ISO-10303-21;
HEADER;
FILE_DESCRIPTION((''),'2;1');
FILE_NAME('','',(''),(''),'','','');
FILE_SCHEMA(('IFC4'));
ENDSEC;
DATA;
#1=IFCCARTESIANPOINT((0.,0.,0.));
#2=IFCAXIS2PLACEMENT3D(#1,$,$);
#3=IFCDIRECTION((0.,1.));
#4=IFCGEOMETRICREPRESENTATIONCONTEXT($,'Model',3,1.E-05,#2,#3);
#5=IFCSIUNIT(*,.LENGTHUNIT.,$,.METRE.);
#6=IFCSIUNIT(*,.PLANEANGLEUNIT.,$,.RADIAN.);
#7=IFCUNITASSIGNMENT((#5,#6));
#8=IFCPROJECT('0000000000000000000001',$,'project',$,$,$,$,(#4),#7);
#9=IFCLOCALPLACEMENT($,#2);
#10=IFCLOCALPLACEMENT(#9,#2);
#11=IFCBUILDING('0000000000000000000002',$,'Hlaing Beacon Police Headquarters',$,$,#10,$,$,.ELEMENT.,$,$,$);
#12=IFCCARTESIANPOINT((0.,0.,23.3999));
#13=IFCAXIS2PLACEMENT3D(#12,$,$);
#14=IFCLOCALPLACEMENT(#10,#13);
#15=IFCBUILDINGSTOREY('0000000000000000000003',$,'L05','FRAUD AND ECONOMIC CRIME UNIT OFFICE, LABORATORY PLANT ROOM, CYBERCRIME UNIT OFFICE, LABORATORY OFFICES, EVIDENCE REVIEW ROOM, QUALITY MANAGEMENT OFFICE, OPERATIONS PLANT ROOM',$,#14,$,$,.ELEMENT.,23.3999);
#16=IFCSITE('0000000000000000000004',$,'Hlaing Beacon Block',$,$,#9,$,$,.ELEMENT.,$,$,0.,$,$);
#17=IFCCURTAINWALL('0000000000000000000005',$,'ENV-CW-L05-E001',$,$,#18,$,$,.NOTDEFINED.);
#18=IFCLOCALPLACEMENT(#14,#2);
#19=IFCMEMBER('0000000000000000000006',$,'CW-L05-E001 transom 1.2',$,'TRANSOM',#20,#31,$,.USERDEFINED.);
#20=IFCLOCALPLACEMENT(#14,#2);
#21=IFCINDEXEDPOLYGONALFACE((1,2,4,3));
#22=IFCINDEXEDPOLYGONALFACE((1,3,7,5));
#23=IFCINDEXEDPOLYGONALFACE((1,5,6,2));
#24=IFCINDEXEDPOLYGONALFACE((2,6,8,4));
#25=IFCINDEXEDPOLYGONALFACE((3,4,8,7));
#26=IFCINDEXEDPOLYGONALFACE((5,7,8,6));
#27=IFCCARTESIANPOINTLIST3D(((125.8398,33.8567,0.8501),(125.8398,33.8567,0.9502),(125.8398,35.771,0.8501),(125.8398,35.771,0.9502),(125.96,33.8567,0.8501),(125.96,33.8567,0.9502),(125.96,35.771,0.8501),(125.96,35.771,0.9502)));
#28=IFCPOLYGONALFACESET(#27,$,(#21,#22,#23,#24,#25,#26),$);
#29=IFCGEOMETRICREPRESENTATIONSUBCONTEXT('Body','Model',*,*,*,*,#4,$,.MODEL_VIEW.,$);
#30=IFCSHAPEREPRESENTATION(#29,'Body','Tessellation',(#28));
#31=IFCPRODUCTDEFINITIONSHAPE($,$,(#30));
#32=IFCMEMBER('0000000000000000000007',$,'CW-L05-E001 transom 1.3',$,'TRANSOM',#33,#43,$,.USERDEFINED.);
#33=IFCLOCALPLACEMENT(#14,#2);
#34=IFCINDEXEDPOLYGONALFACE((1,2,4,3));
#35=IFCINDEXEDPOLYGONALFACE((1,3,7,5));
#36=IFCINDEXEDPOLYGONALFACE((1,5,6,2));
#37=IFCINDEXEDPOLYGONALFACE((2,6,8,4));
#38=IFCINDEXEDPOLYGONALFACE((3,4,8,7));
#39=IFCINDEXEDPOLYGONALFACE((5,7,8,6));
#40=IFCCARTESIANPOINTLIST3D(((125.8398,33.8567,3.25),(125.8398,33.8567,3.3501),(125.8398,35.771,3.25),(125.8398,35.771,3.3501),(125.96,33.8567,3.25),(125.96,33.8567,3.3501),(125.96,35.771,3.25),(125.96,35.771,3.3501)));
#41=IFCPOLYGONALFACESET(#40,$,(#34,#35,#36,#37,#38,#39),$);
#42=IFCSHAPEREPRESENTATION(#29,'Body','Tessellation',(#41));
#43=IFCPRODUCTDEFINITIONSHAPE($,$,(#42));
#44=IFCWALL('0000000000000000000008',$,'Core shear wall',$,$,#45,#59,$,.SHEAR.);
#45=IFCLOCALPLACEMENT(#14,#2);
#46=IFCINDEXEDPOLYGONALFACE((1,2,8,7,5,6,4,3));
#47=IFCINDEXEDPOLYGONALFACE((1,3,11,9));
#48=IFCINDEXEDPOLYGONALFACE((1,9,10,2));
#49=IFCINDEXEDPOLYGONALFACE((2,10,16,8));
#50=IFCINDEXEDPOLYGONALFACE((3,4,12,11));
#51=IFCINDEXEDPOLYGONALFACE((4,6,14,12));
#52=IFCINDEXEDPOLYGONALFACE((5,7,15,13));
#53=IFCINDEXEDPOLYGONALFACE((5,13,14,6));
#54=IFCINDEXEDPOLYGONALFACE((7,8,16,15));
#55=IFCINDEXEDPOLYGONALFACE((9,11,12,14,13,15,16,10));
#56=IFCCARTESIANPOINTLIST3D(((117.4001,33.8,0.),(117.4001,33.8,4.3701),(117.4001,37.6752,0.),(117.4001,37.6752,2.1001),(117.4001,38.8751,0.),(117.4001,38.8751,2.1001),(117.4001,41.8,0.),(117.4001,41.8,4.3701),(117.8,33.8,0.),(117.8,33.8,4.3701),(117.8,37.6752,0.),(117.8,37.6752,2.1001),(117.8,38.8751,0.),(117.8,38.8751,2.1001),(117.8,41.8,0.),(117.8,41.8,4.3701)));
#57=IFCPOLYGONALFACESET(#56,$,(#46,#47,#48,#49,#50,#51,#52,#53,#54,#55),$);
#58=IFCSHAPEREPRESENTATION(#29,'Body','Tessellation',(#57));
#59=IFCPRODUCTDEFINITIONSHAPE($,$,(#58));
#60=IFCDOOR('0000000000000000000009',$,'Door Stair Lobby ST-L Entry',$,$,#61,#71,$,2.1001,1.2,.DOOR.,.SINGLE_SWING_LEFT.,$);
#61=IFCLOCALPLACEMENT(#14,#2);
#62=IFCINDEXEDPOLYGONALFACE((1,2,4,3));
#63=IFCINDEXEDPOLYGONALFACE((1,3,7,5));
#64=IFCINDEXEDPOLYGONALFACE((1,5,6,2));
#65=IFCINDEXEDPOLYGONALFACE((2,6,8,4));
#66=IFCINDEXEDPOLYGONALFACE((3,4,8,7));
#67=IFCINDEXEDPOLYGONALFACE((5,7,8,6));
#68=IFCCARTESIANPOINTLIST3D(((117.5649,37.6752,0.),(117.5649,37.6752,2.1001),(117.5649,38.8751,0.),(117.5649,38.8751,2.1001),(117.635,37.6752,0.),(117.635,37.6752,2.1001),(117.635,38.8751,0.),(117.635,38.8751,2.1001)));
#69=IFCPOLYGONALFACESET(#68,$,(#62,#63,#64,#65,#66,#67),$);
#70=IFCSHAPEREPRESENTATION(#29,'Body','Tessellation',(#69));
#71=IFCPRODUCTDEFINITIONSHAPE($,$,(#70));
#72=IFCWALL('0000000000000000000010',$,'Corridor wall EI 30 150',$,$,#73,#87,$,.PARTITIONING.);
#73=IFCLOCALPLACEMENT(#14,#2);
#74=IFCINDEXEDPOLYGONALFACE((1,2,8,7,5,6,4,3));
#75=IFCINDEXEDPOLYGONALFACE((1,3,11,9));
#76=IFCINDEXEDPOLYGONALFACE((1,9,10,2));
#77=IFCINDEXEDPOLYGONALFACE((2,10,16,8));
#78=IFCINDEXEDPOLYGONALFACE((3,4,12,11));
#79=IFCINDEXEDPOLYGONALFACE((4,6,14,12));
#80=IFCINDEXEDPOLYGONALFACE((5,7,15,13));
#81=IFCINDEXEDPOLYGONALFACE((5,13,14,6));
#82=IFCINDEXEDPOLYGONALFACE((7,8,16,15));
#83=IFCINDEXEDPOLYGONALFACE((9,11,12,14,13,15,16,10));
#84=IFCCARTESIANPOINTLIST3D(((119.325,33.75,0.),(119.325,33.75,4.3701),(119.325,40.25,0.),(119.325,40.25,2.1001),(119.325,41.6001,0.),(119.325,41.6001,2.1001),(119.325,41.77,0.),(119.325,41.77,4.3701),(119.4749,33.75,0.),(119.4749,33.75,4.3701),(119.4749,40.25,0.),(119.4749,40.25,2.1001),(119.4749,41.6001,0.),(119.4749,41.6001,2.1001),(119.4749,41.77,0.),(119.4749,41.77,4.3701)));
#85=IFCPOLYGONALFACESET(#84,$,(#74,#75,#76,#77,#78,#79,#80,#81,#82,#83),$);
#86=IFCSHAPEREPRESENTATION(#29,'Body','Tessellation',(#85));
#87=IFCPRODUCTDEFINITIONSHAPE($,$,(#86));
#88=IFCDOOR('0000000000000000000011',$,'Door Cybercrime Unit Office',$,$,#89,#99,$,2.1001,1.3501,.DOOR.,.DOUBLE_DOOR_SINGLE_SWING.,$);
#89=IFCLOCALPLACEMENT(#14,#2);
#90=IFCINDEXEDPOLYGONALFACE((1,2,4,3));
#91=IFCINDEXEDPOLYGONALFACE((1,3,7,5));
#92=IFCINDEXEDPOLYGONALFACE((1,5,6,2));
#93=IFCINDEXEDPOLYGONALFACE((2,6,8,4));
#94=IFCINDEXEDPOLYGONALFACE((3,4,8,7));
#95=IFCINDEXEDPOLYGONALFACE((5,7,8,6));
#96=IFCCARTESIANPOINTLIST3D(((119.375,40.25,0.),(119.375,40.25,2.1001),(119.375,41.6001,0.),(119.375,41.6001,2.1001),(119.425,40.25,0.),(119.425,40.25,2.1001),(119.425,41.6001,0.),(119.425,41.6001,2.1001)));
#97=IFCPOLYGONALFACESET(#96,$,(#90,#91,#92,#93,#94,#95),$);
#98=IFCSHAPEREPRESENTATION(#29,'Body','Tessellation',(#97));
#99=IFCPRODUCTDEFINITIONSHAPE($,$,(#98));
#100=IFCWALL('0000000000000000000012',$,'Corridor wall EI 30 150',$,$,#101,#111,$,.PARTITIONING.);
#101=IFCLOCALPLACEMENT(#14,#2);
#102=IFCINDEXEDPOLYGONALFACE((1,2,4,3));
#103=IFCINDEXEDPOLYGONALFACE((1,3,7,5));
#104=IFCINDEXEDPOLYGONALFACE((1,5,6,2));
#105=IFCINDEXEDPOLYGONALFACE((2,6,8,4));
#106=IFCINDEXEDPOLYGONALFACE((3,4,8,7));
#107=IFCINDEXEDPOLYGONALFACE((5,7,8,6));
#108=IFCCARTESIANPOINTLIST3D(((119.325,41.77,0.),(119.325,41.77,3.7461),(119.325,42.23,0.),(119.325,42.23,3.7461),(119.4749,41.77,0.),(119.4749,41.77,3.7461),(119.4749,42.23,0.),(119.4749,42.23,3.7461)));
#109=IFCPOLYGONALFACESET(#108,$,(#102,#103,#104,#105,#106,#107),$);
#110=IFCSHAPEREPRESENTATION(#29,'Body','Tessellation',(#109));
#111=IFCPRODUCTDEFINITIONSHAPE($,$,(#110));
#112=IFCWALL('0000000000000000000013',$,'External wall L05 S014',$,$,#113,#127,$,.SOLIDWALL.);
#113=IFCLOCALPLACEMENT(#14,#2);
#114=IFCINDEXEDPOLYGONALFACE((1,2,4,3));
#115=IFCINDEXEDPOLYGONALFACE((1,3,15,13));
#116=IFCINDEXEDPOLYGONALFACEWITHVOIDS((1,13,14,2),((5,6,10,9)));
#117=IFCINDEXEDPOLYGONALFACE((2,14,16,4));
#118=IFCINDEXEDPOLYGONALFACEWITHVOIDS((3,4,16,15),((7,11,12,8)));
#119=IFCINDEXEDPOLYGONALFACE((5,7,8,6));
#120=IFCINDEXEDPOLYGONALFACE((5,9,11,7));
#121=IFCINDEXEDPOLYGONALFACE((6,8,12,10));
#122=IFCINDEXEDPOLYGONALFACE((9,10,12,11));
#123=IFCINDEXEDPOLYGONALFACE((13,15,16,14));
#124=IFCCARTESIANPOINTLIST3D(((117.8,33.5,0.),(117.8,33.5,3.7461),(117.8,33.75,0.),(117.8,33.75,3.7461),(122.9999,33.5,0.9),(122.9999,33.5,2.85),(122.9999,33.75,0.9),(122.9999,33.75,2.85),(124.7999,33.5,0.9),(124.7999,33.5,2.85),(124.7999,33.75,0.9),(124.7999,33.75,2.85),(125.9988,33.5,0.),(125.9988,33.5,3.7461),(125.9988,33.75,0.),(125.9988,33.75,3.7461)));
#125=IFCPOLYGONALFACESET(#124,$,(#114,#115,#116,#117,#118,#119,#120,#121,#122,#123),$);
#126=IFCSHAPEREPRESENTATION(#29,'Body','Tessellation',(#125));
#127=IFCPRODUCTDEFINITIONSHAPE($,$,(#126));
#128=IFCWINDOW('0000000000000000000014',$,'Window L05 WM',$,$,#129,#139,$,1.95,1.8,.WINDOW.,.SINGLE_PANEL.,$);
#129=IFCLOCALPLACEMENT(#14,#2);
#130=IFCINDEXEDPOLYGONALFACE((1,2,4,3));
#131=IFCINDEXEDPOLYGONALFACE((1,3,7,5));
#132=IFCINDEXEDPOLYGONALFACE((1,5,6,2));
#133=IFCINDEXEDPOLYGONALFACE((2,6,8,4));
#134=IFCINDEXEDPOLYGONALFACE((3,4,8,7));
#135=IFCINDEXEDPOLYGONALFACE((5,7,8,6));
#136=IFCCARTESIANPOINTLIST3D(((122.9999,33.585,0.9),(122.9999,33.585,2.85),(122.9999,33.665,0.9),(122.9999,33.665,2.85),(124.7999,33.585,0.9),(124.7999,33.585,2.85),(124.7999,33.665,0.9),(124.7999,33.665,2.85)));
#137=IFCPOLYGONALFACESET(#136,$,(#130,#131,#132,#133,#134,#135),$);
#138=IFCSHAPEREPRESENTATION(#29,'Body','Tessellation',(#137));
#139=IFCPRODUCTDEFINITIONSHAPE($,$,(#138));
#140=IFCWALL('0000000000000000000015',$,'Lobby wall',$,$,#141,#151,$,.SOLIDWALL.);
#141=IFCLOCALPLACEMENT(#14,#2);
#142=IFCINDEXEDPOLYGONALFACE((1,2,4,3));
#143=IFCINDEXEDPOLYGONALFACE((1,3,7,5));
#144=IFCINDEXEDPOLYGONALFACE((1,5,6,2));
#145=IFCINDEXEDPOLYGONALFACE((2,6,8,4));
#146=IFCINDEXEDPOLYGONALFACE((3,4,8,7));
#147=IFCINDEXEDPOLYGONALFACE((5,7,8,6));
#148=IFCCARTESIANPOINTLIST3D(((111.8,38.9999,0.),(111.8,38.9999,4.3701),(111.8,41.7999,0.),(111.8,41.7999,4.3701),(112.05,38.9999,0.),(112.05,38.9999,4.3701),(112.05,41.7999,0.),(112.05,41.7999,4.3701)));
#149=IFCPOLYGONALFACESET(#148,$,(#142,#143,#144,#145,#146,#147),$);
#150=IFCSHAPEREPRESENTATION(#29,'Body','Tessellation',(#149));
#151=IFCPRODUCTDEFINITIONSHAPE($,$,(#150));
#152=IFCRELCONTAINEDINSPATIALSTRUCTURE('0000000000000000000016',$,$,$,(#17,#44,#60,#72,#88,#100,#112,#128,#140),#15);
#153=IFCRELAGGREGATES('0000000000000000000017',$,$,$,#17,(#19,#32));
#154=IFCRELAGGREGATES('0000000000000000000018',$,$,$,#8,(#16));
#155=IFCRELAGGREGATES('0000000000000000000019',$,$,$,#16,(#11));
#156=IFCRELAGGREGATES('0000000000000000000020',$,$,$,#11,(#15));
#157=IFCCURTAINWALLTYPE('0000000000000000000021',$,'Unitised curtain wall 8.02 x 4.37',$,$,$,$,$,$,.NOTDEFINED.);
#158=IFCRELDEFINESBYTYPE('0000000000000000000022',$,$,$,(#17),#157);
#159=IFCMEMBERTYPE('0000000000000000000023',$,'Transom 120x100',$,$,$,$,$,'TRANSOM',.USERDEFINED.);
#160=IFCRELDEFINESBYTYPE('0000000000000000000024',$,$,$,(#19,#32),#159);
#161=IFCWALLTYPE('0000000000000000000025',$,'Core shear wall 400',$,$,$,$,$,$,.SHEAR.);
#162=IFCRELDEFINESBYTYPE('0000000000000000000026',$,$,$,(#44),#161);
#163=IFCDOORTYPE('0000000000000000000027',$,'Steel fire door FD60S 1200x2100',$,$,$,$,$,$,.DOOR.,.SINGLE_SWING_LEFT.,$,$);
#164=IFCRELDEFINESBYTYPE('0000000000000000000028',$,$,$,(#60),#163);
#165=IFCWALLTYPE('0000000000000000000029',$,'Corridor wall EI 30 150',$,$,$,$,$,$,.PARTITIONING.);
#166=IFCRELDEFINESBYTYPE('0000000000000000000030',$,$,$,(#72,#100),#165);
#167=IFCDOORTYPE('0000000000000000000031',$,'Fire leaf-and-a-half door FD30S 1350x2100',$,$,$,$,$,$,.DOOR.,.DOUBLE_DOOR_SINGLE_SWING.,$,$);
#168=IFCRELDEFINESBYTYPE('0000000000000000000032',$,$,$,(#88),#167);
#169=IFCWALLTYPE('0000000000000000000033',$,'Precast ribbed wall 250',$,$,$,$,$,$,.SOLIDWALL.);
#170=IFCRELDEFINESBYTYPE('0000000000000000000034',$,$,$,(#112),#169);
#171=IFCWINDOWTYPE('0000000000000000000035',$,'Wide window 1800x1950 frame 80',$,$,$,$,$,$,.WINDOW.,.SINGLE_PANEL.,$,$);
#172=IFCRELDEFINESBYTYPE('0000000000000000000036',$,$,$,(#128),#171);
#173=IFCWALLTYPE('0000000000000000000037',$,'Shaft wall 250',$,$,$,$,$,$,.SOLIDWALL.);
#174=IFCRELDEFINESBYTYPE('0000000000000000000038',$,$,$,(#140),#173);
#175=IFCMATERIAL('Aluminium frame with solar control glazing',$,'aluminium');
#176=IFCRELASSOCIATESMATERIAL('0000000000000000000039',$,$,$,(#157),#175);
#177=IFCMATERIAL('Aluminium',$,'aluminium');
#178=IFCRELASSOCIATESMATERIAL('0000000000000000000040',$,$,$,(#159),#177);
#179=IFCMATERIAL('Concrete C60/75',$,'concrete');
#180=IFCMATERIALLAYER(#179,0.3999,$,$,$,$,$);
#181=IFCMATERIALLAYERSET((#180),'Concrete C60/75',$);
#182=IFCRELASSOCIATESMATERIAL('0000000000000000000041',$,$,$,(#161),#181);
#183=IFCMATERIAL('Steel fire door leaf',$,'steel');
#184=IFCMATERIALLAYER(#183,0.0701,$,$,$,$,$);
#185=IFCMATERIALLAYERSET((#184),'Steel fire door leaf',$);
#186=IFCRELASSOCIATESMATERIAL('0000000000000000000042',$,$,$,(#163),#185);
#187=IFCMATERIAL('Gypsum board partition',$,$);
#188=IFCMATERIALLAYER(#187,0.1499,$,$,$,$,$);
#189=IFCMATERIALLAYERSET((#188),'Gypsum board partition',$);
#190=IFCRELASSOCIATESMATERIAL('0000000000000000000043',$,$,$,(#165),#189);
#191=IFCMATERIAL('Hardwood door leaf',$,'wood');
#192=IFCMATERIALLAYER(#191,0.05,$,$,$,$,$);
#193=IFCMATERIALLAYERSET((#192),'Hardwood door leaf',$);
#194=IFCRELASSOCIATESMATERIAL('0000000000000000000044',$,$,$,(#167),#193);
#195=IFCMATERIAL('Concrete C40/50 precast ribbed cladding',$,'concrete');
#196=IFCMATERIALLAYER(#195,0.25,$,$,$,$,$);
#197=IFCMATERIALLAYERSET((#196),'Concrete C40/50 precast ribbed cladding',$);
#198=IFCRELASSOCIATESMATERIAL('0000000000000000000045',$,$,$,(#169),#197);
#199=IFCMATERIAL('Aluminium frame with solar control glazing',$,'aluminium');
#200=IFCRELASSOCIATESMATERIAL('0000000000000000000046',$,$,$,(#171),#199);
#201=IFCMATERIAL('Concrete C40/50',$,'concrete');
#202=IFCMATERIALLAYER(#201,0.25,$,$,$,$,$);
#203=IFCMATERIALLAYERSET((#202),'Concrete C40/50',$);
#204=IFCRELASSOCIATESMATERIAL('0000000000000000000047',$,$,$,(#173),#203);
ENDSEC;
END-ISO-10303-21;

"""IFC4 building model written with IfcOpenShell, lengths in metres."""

from ifc_helpers import new_model, si_unit, direction, frame, frame_2d, origin, origin_2d, place, context, subcontext, project, spatial, rectangle, extrude, material, layer, layer_set, material_profile, profile_set, type_object, element, fill, aggregate, save


model = new_model("IFC4")

# Units and contexts
model_context = context("Model", 3, precision=1e-05, world=origin(), true_north=direction((0.0, 1.0)))
body_context = subcontext(model_context, "Body", "Model", "MODEL_VIEW")
ifc_project = project(units=[si_unit("LENGTHUNIT", "METRE"), si_unit("PLANEANGLEUNIT", "RADIAN")], contexts=[model_context])

# Site, building, storey
site_placement = place(None, origin())
site = spatial("IfcSite", under=ifc_project, at=site_placement, Name="Hlaing Beacon Block", CompositionType="ELEMENT", RefElevation=0.0)
building_placement = place(site_placement, origin())
building = spatial("IfcBuilding", under=site, at=building_placement, Name="Hlaing Beacon Police Headquarters", CompositionType="ELEMENT")
storey_placement = place(building_placement, frame((0.0, 0.0, 23.3999)))
storey = spatial("IfcBuildingStorey", under=building, at=storey_placement, Name="L05", Description="FRAUD AND ECONOMIC CRIME UNIT OFFICE, LABORATORY PLANT ROOM, CYBERCRIME UNIT OFFICE, LABORATORY OFFICES, EVIDENCE REVIEW ROOM, QUALITY MANAGEMENT OFFICE, OPERATIONS PLANT ROOM", CompositionType="ELEMENT", Elevation=23.3999)

# Curtain wall
ifc_material_1 = material(Name="Aluminium frame with solar control glazing", Category="aluminium")
curtain_wall_type = type_object("IfcCurtainWallType", Name="Unitised curtain wall 8.02 x 4.37", PredefinedType="NOTDEFINED", material=ifc_material_1)
curtain_wall_placement = place(storey_placement, origin())
curtain_wall = element("IfcCurtainWall", 1, at=curtain_wall_placement, inside=storey, type_object=curtain_wall_type, Name="ENV-CW-L05-E001", PredefinedType="NOTDEFINED")

# Members
ifc_material_2 = material(Name="Aluminium", Category="aluminium")
ifc_material_profile_1 = material_profile(ifc_material_2, rectangle(XDim=0.1201, YDim=0.1001, at=origin_2d()), Name="Transom 120x100")
ifc_profile_set_1 = profile_set([ifc_material_profile_1], Name="Aluminium")
member_type_1 = type_object("IfcMemberType", Name="Transom 120x100", ElementType="TRANSOM", PredefinedType="USERDEFINED", material=ifc_profile_set_1)
member_1_placement = place(storey_placement, frame((125.8999, 33.8567, 0.9001), z_axis=(0.0, 1.0, 0.0), x_axis=(-1.0, 0.0, 0.0)))
member_1 = element("IfcMember", 2, at=member_1_placement, type_object=member_type_1, Name="CW-L05-E001 transom 1.2", ObjectType="TRANSOM", PredefinedType="USERDEFINED", context=body_context, shape_type="SweptSolid", body=[
    extrude(rectangle(XDim=0.1201, YDim=0.1001, at=origin_2d()), origin(), (0.0, 0.0, 1.0), 1.9143),
])
member_2_placement = place(storey_placement, frame((125.8999, 33.8567, 3.3), z_axis=(0.0, 1.0, 0.0), x_axis=(-1.0, 0.0, 0.0)))
member_2 = element("IfcMember", 3, at=member_2_placement, type_object=member_type_1, Name="CW-L05-E001 transom 1.3", ObjectType="TRANSOM", PredefinedType="USERDEFINED", context=body_context, shape_type="SweptSolid", body=[
    extrude(rectangle(XDim=0.1201, YDim=0.1001, at=origin_2d()), origin(), (0.0, 0.0, 1.0), 1.9143),
])
aggregate(curtain_wall, [member_1, member_2])

# Walls, openings, doors
ifc_material_3 = material(Name="Concrete C60/75", Category="concrete")
ifc_layer_1 = layer(ifc_material_3, 0.3999)
ifc_layer_set_1 = layer_set([ifc_layer_1], Name="Concrete C60/75")
wall_type_1 = type_object("IfcWallType", Name="Core shear wall 400", PredefinedType="SHEAR", material=ifc_layer_set_1)
wall_1_placement = place(storey_placement, frame((117.6001, 33.8, 0.0), z_axis=(0.0, 0.0, 1.0), x_axis=(0.0, 1.0, 0.0)))
wall_1 = element("IfcWall", 4, at=wall_1_placement, inside=storey, type_object=wall_type_1, Name="Core shear wall", PredefinedType="SHEAR", context=body_context, shape_type="SweptSolid", body=[
    extrude(rectangle(XDim=8.0, YDim=0.3999, at=frame_2d((4.0, 0.0))), origin(), (0.0, 0.0, 1.0), 4.3701),
])
opening_1_placement = place(wall_1_placement, frame((3.875, 0.0, 0.0)))
opening_1 = element("IfcOpeningElement", 5, at=opening_1_placement, cuts=wall_1, PredefinedType="OPENING", context=body_context, shape_type="SweptSolid", body=[
    extrude(rectangle(XDim=1.2, YDim=2.1001, at=frame_2d((0.6001, 1.05))), frame((0.0, 0.21, 0.0), z_axis=(0.0, -1.0, 0.0), x_axis=(1.0, 0.0, 0.0)), (0.0, 0.0, 1.0), 0.4199),
])
ifc_material_4 = material(Name="Steel fire door leaf", Category="steel")
ifc_layer_2 = layer(ifc_material_4, 0.0701)
ifc_layer_set_2 = layer_set([ifc_layer_2], Name="Steel fire door leaf")
door_type_1 = type_object("IfcDoorType", Name="Steel fire door FD60S 1200x2100", OperationType="SINGLE_SWING_LEFT", PredefinedType="DOOR", material=ifc_layer_set_2)
door_1_placement = place(opening_1_placement, origin())
door_1 = element("IfcDoor", 6, at=door_1_placement, inside=storey, type_object=door_type_1, Name="Door Stair Lobby ST-L Entry", OperationType="SINGLE_SWING_LEFT", OverallHeight=2.1001, OverallWidth=1.2, PredefinedType="DOOR", context=body_context, shape_type="SweptSolid", body=[
    extrude(rectangle(XDim=1.2, YDim=2.1001, at=frame_2d((0.6001, 1.05))), frame((0.0, 0.0352, 0.0), z_axis=(0.0, -1.0, 0.0), x_axis=(1.0, 0.0, 0.0)), (0.0, 0.0, 1.0), 0.0701),
])
fill(opening_1, door_1)
ifc_material_5 = material(Name="Gypsum board partition")
ifc_layer_3 = layer(ifc_material_5, 0.1499)
ifc_layer_set_3 = layer_set([ifc_layer_3], Name="Gypsum board partition")
wall_type_2 = type_object("IfcWallType", Name="Corridor wall EI 30 150", PredefinedType="PARTITIONING", material=ifc_layer_set_3)
wall_2_placement = place(storey_placement, frame((119.3999, 33.75, 0.0), z_axis=(0.0, 0.0, 1.0), x_axis=(0.0, 1.0, 0.0)))
wall_2 = element("IfcWall", 7, at=wall_2_placement, inside=storey, type_object=wall_type_2, Name="Corridor wall EI 30 150", PredefinedType="PARTITIONING", context=body_context, shape_type="SweptSolid", body=[
    extrude(rectangle(XDim=8.02, YDim=0.1499, at=frame_2d((4.01, 0.0))), origin(), (0.0, 0.0, 1.0), 4.3701),
])
opening_2_placement = place(wall_2_placement, frame((6.5, 0.0, 0.0)))
opening_2 = element("IfcOpeningElement", 8, at=opening_2_placement, cuts=wall_2, PredefinedType="OPENING", context=body_context, shape_type="SweptSolid", body=[
    extrude(rectangle(XDim=1.3501, YDim=2.1001, at=frame_2d((0.675, 1.05))), frame((0.0, 0.085, 0.0), z_axis=(0.0, -1.0, 0.0), x_axis=(1.0, 0.0, 0.0)), (0.0, 0.0, 1.0), 0.1699),
])
ifc_material_6 = material(Name="Hardwood door leaf", Category="wood")
ifc_layer_4 = layer(ifc_material_6, 0.05)
ifc_layer_set_4 = layer_set([ifc_layer_4], Name="Hardwood door leaf")
door_type_2 = type_object("IfcDoorType", Name="Fire leaf-and-a-half door FD30S 1350x2100", OperationType="DOUBLE_DOOR_SINGLE_SWING", PredefinedType="DOOR", material=ifc_layer_set_4)
door_2_placement = place(opening_2_placement, frame((1.3501, 0.0, 0.0), z_axis=(0.0, 0.0, 1.0), x_axis=(-1.0, 0.0, 0.0)))
door_2 = element("IfcDoor", 9, at=door_2_placement, inside=storey, type_object=door_type_2, Name="Door Cybercrime Unit Office", OperationType="DOUBLE_DOOR_SINGLE_SWING", OverallHeight=2.1001, OverallWidth=1.3501, PredefinedType="DOOR", context=body_context, shape_type="SweptSolid", body=[
    extrude(rectangle(XDim=1.3501, YDim=2.1001, at=frame_2d((0.675, 1.05))), frame((0.0, 0.0251, 0.0), z_axis=(0.0, -1.0, 0.0), x_axis=(1.0, 0.0, 0.0)), (0.0, 0.0, 1.0), 0.05),
])
fill(opening_2, door_2)

# Wall
wall_3_placement = place(storey_placement, frame((119.3999, 41.77, 0.0), z_axis=(0.0, 0.0, 1.0), x_axis=(0.0, 1.0, 0.0)))
element("IfcWall", 10, at=wall_3_placement, inside=storey, type_object=wall_type_2, Name="Corridor wall EI 30 150", PredefinedType="PARTITIONING", context=body_context, shape_type="SweptSolid", body=[
    extrude(rectangle(XDim=0.46, YDim=0.1499, at=frame_2d((0.23, 0.0))), origin(), (0.0, 0.0, 1.0), 3.7461),
])

# Wall, opening, window
ifc_material_7 = material(Name="Concrete C40/50 precast ribbed cladding", Category="concrete")
ifc_layer_5 = layer(ifc_material_7, 0.25)
ifc_layer_set_5 = layer_set([ifc_layer_5], Name="Concrete C40/50 precast ribbed cladding")
wall_type_3 = type_object("IfcWallType", Name="Precast ribbed wall 250", PredefinedType="SOLIDWALL", material=ifc_layer_set_5)
wall_4_placement = place(storey_placement, frame((117.8, 33.625, 0.0), z_axis=(0.0, 0.0, 1.0), x_axis=(1.0, 0.0, 0.0)))
wall_4 = element("IfcWall", 11, at=wall_4_placement, inside=storey, type_object=wall_type_3, Name="External wall L05 S014", PredefinedType="SOLIDWALL", context=body_context, shape_type="SweptSolid", body=[
    extrude(rectangle(XDim=8.1987, YDim=0.25, at=frame_2d((4.0994, 0.0))), origin(), (0.0, 0.0, 1.0), 3.7461),
])
opening_3_placement = place(wall_4_placement, frame((5.2, 0.0, 0.8999)))
opening_3 = element("IfcOpeningElement", 12, at=opening_3_placement, cuts=wall_4, PredefinedType="OPENING", context=body_context, shape_type="SweptSolid", body=[
    extrude(rectangle(XDim=1.8, YDim=1.95, at=frame_2d((0.8999, 0.9751))), frame((0.0, 0.135, 0.0), z_axis=(0.0, -1.0, 0.0), x_axis=(1.0, 0.0, 0.0)), (0.0, 0.0, 1.0), 0.27),
])
ifc_material_8 = material(Name="Aluminium frame with solar control glazing", Category="aluminium")
window_type = type_object("IfcWindowType", Name="Wide window 1800x1950 frame 80", PartitioningType="SINGLE_PANEL", PredefinedType="WINDOW", material=ifc_material_8)
window_placement = place(opening_3_placement, origin())
window = element("IfcWindow", 13, at=window_placement, inside=storey, type_object=window_type, Name="Window L05 WM", OverallHeight=1.95, OverallWidth=1.8, PartitioningType="SINGLE_PANEL", PredefinedType="WINDOW", context=body_context, shape_type="SweptSolid", body=[
    extrude(rectangle(XDim=1.8, YDim=1.95, at=frame_2d((0.8999, 0.9751))), frame((0.0, 0.04, 0.0), z_axis=(0.0, -1.0, 0.0), x_axis=(1.0, 0.0, 0.0)), (0.0, 0.0, 1.0), 0.0801),
])
fill(opening_3, window)

# Wall
ifc_material_9 = material(Name="Concrete C40/50", Category="concrete")
ifc_layer_6 = layer(ifc_material_9, 0.25)
ifc_layer_set_6 = layer_set([ifc_layer_6], Name="Concrete C40/50")
wall_type_4 = type_object("IfcWallType", Name="Shaft wall 250", PredefinedType="SOLIDWALL", material=ifc_layer_set_6)
wall_5_placement = place(storey_placement, frame((111.925, 39.0, 0.0), z_axis=(0.0, 0.0, 1.0), x_axis=(0.0, 1.0, 0.0)))
element("IfcWall", 14, at=wall_5_placement, inside=storey, type_object=wall_type_4, Name="Lobby wall", PredefinedType="SOLIDWALL", context=body_context, shape_type="SweptSolid", body=[
    extrude(rectangle(XDim=2.8, YDim=0.25, at=frame_2d((1.3999, 0.0))), origin(), (0.0, 0.0, 1.0), 4.3701),
])

save(model, "model.ifc")
